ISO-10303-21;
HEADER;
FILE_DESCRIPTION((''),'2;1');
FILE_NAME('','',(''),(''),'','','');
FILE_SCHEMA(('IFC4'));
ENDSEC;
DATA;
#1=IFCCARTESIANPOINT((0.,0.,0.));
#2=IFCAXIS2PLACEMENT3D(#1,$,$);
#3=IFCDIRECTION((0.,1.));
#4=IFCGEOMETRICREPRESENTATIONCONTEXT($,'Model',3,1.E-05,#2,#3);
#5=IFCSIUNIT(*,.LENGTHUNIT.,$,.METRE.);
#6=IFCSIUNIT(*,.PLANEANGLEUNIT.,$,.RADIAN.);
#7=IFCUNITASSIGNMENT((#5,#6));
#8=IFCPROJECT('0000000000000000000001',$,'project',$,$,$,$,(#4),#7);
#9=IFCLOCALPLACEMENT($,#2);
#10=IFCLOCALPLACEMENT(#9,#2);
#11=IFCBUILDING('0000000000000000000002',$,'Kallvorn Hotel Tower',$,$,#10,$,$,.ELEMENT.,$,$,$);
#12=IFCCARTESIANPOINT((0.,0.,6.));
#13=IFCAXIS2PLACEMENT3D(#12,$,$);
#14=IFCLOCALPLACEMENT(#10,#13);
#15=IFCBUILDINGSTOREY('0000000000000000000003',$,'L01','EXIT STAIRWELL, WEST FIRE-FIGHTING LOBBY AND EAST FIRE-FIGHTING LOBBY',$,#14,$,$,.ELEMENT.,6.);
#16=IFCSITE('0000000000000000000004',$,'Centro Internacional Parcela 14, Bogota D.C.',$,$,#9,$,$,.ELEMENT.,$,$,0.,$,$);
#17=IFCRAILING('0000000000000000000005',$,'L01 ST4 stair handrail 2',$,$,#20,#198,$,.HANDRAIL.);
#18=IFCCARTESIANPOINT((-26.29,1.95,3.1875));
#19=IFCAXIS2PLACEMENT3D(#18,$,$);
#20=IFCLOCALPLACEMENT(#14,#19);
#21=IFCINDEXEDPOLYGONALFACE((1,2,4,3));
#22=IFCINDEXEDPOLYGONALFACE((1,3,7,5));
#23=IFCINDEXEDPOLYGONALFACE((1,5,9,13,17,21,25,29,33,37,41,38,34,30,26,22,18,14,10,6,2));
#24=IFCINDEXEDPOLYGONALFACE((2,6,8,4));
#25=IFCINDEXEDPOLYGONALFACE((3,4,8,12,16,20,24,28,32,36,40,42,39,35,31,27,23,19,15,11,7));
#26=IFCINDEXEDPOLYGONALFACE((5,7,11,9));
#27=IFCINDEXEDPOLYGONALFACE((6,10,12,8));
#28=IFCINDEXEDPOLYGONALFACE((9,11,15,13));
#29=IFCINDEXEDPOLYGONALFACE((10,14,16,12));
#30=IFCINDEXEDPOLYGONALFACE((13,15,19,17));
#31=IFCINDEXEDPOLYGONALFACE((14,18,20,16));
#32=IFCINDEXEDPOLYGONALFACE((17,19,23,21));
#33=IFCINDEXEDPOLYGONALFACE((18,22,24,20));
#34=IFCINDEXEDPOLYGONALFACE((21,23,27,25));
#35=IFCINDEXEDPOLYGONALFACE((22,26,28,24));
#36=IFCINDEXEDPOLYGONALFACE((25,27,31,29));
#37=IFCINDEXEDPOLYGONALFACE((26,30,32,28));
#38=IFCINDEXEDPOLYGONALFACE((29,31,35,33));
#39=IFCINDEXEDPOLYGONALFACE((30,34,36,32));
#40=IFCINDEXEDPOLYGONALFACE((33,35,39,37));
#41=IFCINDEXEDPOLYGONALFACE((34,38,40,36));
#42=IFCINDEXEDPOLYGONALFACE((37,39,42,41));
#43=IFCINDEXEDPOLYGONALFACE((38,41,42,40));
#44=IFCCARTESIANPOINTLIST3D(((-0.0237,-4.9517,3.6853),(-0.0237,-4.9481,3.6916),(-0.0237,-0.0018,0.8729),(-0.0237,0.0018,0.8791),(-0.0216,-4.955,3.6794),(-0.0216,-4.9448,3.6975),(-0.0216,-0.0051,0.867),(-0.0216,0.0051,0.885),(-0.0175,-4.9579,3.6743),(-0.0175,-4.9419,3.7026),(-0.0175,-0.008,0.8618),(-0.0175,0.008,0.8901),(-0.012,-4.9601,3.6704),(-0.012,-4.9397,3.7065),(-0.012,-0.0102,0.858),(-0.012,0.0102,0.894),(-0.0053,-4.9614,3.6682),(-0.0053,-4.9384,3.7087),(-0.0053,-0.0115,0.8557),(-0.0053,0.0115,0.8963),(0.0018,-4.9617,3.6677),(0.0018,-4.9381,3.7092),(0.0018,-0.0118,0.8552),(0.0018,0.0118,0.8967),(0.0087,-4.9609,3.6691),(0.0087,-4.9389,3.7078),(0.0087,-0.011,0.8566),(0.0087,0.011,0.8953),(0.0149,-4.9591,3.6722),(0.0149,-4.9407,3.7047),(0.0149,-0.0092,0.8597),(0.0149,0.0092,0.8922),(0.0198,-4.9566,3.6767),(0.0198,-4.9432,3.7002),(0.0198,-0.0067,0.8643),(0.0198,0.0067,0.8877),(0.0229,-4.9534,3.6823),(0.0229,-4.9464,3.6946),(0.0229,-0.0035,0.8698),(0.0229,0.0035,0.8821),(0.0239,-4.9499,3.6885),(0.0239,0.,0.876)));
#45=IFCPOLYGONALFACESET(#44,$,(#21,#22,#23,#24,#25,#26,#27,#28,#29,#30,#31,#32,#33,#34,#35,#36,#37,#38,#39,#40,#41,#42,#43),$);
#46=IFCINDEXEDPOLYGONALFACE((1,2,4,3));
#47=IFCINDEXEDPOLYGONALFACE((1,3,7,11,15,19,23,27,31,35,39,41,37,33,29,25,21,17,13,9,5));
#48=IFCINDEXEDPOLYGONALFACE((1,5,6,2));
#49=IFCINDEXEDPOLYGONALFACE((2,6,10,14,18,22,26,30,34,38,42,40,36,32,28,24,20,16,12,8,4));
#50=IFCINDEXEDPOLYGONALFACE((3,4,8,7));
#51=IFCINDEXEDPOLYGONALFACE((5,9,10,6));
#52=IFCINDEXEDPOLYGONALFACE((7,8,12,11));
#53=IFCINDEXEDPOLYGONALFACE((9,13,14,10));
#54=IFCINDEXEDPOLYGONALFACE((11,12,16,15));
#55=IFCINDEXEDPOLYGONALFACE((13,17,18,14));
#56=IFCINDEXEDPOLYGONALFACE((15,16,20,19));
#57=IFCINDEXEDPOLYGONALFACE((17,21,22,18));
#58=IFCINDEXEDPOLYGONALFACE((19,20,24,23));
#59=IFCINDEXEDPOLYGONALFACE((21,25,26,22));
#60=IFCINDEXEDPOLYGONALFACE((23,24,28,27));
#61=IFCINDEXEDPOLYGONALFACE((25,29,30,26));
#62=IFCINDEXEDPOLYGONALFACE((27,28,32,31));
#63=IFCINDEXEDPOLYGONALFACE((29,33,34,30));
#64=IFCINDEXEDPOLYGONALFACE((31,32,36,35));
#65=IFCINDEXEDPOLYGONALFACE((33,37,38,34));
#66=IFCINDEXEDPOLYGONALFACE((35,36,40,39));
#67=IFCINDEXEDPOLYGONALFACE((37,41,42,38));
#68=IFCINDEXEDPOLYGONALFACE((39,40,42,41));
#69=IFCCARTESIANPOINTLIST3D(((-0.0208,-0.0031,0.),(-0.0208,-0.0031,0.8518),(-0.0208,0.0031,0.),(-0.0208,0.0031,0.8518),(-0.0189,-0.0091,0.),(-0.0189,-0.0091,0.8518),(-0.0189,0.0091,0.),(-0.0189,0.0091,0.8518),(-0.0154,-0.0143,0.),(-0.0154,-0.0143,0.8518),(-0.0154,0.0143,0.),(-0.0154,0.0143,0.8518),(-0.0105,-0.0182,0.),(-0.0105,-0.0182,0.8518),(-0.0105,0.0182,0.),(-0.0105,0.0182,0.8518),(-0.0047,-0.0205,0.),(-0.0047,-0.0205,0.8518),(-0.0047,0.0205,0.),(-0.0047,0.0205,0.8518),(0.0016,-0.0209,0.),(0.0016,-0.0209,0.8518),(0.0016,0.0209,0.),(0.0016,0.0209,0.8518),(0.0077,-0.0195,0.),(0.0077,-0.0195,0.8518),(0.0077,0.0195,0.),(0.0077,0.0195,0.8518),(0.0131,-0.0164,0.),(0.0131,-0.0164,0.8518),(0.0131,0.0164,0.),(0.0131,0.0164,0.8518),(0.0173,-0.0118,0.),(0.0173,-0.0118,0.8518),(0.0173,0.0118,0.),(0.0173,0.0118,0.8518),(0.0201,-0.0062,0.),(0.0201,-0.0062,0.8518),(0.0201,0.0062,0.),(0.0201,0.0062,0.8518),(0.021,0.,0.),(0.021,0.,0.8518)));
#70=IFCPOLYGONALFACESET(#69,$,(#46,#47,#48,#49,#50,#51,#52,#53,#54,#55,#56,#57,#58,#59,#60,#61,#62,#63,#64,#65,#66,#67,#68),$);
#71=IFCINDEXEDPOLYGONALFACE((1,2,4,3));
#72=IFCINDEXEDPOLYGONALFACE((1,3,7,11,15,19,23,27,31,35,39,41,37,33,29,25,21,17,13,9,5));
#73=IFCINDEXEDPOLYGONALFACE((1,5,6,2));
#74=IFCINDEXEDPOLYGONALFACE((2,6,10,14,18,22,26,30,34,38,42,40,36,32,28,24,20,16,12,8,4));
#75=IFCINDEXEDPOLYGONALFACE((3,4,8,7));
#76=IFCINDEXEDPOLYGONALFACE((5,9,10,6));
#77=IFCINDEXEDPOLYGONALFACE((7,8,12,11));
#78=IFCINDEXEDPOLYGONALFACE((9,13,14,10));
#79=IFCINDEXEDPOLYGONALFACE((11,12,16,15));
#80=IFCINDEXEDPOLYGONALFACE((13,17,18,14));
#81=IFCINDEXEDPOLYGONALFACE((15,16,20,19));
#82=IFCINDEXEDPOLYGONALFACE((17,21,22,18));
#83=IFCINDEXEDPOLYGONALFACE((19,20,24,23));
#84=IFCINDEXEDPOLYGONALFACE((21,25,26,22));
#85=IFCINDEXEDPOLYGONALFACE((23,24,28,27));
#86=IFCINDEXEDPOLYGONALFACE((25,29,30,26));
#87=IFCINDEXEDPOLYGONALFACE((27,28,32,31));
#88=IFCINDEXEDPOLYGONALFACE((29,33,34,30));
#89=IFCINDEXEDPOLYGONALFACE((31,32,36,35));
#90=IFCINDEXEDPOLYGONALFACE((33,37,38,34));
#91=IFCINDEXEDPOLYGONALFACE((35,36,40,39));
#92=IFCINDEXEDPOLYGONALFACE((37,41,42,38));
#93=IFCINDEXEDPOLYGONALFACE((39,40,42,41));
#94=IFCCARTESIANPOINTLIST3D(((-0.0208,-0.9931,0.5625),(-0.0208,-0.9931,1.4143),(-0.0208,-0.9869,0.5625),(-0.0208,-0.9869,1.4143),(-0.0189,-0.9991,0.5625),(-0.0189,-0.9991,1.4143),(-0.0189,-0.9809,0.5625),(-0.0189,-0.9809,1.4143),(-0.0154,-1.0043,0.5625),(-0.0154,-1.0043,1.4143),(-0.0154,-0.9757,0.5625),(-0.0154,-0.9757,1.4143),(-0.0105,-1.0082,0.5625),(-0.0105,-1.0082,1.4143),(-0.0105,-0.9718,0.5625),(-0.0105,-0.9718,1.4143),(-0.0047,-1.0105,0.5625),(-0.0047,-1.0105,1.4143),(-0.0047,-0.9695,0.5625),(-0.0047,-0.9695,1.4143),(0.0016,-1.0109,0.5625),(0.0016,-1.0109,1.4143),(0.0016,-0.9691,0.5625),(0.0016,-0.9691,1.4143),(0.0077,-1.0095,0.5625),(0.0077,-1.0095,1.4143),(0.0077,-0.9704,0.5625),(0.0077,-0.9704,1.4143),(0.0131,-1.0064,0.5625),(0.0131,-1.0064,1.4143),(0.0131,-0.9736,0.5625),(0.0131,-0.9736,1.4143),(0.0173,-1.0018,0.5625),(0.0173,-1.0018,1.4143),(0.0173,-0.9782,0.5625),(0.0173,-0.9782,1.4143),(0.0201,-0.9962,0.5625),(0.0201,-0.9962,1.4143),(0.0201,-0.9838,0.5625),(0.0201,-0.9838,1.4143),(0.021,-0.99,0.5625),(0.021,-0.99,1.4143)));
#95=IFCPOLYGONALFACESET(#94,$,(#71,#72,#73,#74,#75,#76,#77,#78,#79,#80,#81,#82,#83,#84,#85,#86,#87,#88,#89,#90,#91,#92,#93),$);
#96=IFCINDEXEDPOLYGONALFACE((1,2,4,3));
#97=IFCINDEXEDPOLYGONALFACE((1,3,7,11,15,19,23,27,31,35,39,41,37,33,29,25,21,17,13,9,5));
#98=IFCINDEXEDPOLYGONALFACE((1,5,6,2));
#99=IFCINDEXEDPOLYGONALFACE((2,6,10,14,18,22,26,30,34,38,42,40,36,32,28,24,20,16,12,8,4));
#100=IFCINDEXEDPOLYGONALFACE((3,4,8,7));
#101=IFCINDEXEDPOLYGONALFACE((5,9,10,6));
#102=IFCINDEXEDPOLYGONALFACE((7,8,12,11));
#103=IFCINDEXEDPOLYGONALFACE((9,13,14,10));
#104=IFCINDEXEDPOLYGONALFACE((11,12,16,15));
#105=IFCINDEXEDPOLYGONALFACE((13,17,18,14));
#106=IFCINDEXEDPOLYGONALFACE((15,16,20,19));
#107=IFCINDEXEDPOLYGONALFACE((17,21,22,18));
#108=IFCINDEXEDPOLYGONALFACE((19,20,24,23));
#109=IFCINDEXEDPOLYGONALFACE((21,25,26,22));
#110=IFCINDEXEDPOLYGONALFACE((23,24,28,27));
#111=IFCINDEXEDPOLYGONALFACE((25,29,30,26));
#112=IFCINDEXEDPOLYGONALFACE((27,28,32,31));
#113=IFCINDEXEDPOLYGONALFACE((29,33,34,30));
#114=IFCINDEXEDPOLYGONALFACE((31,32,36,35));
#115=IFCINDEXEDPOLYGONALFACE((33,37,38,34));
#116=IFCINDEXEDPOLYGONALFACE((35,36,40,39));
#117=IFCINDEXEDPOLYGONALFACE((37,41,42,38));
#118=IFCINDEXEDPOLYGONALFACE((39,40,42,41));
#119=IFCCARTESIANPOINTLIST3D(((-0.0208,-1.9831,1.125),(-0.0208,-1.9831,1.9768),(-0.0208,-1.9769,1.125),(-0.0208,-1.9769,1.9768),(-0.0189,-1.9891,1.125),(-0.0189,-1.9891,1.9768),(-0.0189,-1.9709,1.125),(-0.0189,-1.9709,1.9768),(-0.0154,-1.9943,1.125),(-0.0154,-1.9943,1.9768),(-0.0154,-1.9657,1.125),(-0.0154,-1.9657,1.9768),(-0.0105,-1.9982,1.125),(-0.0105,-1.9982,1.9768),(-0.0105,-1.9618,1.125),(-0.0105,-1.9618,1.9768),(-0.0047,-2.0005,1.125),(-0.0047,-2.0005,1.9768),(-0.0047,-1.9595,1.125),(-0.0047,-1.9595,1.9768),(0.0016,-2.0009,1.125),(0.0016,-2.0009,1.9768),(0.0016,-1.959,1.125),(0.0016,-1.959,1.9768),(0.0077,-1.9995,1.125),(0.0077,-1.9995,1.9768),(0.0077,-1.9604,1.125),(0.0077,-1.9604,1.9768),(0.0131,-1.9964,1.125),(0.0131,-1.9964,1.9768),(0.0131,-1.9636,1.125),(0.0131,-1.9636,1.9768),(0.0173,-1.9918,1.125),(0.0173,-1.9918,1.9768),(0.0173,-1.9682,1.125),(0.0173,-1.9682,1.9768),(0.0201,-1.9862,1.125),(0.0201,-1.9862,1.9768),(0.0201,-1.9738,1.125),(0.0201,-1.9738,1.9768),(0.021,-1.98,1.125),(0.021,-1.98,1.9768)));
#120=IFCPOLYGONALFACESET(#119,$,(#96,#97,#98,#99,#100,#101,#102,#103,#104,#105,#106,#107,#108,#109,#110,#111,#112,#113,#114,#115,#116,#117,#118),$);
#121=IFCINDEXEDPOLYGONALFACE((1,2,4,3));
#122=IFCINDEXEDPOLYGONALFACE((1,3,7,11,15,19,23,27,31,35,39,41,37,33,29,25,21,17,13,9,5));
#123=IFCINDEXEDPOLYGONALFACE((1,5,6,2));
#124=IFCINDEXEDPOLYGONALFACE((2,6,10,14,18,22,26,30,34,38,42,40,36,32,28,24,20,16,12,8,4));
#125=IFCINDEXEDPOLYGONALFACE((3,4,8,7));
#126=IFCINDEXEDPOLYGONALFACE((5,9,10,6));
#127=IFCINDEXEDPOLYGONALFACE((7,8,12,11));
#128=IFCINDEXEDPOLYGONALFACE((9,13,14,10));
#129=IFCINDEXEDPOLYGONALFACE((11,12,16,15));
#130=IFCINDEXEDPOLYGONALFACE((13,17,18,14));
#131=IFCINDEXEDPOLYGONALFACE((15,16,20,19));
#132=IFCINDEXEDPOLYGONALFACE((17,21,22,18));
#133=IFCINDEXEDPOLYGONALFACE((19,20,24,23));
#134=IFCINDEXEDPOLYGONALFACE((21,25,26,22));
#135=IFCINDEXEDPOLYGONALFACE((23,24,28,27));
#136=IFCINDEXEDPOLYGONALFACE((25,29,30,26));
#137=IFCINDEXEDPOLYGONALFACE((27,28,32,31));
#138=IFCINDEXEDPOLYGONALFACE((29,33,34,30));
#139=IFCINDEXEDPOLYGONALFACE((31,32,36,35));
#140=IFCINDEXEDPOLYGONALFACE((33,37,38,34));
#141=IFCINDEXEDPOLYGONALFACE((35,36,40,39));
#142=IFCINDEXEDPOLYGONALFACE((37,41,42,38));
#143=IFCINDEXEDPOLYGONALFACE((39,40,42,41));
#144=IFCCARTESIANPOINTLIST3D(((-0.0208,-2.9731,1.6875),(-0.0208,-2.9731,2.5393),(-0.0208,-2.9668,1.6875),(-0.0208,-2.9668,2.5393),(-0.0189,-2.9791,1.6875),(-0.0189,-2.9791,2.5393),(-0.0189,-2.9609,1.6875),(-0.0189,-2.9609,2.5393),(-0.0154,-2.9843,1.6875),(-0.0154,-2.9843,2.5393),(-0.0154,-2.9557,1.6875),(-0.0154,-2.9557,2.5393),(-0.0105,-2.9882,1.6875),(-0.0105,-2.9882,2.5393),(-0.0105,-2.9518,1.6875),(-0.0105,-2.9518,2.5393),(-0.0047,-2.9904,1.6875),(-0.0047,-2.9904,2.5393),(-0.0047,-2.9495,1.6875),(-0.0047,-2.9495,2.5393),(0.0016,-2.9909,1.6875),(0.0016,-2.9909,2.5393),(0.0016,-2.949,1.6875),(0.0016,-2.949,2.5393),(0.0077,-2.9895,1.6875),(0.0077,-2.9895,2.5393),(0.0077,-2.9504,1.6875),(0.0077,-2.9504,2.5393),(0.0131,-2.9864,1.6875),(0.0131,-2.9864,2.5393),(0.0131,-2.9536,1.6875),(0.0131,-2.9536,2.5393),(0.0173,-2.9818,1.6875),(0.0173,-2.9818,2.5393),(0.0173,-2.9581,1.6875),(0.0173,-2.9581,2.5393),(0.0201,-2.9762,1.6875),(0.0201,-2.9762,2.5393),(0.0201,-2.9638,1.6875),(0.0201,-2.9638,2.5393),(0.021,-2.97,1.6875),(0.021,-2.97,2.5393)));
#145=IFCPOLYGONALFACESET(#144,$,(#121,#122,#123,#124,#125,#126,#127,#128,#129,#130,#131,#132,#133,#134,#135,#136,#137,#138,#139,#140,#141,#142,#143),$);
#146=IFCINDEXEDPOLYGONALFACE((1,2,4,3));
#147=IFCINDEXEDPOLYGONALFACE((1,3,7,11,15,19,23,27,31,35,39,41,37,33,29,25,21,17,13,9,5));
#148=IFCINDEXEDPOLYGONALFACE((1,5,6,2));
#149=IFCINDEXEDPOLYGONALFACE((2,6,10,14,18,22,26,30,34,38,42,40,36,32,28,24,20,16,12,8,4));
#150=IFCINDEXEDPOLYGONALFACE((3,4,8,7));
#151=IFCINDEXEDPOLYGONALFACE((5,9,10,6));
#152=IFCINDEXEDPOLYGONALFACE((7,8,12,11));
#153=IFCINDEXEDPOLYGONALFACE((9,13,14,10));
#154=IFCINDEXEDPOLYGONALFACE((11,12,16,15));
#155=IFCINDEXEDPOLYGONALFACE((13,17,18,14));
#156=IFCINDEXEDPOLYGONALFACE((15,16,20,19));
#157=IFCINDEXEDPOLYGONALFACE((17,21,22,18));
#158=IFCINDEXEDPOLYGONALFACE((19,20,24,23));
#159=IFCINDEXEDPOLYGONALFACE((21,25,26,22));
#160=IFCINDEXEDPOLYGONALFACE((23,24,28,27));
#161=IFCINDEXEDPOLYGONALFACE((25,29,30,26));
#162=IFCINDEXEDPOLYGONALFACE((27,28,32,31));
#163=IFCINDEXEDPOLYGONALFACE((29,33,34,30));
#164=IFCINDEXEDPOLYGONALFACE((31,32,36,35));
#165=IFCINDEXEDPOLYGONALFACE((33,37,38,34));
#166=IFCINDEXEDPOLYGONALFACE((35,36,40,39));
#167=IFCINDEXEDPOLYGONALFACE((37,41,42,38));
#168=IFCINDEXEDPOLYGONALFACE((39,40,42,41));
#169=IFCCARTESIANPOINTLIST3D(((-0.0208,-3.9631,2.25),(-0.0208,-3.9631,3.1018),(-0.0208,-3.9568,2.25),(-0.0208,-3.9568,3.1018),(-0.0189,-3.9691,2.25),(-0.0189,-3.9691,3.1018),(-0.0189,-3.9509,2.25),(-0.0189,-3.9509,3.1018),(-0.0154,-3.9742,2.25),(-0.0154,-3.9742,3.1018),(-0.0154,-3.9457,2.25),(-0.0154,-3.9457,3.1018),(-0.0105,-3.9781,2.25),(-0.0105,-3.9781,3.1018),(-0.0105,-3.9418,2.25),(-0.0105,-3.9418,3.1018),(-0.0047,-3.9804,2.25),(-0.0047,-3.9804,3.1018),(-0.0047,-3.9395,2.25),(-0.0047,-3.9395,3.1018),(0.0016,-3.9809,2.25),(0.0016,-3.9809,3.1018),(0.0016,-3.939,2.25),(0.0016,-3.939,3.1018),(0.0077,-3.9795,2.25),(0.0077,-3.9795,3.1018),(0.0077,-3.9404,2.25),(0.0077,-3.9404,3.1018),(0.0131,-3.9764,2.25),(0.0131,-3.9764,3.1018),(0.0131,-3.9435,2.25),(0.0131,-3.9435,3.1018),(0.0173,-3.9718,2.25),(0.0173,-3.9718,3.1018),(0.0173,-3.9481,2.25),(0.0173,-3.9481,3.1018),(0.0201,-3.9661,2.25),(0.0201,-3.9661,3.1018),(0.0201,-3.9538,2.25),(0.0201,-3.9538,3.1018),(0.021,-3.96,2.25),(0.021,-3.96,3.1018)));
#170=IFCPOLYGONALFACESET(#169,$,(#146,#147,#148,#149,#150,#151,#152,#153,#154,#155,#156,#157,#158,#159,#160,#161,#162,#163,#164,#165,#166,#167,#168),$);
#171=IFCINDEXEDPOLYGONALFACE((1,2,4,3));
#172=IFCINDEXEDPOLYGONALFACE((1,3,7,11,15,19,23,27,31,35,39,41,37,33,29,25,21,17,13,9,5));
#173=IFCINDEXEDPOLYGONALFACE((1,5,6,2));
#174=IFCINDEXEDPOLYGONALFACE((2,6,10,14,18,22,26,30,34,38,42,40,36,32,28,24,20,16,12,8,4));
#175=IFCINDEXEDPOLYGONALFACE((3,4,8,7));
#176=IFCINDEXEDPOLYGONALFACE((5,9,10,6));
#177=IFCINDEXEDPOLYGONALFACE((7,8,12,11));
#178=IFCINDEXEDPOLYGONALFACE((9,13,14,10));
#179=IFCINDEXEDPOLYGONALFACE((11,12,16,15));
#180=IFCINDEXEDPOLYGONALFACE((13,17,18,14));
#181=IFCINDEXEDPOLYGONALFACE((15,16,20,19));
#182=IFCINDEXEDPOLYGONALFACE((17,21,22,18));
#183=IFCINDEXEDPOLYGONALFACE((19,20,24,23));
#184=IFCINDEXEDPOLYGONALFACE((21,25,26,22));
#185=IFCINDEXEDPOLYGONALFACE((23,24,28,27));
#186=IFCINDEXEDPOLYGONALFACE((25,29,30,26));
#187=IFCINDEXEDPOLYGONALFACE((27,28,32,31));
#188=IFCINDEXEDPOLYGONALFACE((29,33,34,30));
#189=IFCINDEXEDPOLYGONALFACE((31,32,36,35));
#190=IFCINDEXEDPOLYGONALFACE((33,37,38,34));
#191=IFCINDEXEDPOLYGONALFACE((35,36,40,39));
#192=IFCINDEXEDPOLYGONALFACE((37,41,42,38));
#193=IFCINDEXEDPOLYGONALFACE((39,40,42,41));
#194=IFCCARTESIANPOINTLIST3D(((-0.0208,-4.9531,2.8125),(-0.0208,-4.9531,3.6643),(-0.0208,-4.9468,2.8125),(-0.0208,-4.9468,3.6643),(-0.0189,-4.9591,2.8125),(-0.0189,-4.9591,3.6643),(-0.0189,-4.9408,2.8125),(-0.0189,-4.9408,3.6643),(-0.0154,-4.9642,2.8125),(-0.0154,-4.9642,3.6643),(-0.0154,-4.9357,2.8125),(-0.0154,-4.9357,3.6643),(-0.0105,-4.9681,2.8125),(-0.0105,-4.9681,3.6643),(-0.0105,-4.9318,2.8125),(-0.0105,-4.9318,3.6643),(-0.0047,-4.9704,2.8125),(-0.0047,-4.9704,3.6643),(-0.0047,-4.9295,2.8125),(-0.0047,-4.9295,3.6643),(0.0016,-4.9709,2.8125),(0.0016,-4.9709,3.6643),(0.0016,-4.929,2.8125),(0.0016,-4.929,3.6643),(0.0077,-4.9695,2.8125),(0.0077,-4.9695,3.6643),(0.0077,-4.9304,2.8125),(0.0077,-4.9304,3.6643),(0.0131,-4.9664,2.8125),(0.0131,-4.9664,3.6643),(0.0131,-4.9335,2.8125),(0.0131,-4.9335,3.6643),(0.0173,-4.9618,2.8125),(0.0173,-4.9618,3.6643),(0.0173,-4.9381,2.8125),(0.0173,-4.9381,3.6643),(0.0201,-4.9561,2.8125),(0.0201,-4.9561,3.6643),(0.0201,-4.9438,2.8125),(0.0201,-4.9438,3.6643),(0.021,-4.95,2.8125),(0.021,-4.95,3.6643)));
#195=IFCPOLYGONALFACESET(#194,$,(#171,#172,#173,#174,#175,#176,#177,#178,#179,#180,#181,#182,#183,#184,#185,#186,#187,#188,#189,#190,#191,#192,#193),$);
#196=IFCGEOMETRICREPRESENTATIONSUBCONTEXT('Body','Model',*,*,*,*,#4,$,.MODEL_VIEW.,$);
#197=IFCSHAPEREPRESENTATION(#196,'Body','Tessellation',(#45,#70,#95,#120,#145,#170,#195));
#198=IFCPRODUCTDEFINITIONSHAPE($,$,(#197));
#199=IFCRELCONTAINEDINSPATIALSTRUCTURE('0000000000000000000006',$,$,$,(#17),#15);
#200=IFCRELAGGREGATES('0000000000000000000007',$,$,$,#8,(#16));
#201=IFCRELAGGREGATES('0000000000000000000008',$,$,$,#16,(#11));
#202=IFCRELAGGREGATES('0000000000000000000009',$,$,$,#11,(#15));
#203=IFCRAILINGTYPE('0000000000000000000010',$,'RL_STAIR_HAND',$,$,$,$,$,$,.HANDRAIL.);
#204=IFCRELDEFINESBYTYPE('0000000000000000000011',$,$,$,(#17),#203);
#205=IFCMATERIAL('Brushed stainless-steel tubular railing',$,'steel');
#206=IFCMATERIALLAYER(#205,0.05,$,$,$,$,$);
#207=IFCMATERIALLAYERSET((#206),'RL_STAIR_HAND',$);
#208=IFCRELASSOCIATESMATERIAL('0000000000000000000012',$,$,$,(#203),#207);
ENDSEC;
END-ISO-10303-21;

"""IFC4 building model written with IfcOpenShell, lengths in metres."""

from ifc_helpers import new_model, si_unit, direction, frame, origin, origin_2d, place, context, subcontext, project, spatial, circle, extrude, material, layer, layer_set, type_object, element, save


model = new_model("IFC4")

# Units and contexts
model_context = context("Model", 3, precision=1e-05, world=origin(), true_north=direction((0.0, 1.0)))
body_context = subcontext(model_context, "Body", "Model", "MODEL_VIEW")
ifc_project = project(units=[si_unit("LENGTHUNIT", "METRE"), si_unit("PLANEANGLEUNIT", "RADIAN")], contexts=[model_context])

# Site, building, storey
site_placement = place(None, origin())
site = spatial("IfcSite", under=ifc_project, at=site_placement, Name="Centro Internacional Parcela 14, Bogota D.C.", CompositionType="ELEMENT", RefElevation=0.0)
building_placement = place(site_placement, origin())
building = spatial("IfcBuilding", under=site, at=building_placement, Name="Kallvorn Hotel Tower", CompositionType="ELEMENT")
storey_placement = place(building_placement, frame((0.0, 0.0, 6.0)))
storey = spatial("IfcBuildingStorey", under=building, at=storey_placement, Name="L01", Description="EXIT STAIRWELL, WEST FIRE-FIGHTING LOBBY AND EAST FIRE-FIGHTING LOBBY", CompositionType="ELEMENT", Elevation=6.0)

# Railing
ifc_material_1 = material(Name="Brushed stainless-steel tubular railing", Category="steel")
ifc_layer_1 = layer(ifc_material_1, 0.05)
ifc_layer_set_1 = layer_set([ifc_layer_1], Name="RL_STAIR_HAND")
railing_type_1 = type_object("IfcRailingType", Name="RL_STAIR_HAND", PredefinedType="HANDRAIL", material=ifc_layer_set_1)
railing_1_placement = place(storey_placement, frame((-26.29, 1.95, 3.1875)))
element("IfcRailing", 1, at=railing_1_placement, inside=storey, type_object=railing_type_1, Name="L01 ST4 stair handrail 2", PredefinedType="HANDRAIL", context=body_context, shape_type="SweptSolid", body=[
    extrude(circle(Radius=0.0239, at=origin_2d()), frame((0.0, 0.0, 0.876), z_axis=(0.0, -0.869454, 0.494013), x_axis=(1.0, 0.0, 0.0)), (0.0, 0.0, 1.0), 5.6931),
    extrude(circle(Radius=0.021, at=origin_2d()), origin(), (0.0, 0.0, 1.0), 0.8518),
    extrude(circle(Radius=0.021, at=origin_2d()), frame((0.0, -0.99, 0.5625)), (0.0, 0.0, 1.0), 0.8518),
    extrude(circle(Radius=0.021, at=origin_2d()), frame((0.0, -1.98, 1.125)), (0.0, 0.0, 1.0), 0.8518),
    extrude(circle(Radius=0.021, at=origin_2d()), frame((0.0, -2.97, 1.6875)), (0.0, 0.0, 1.0), 0.8518),
    extrude(circle(Radius=0.021, at=origin_2d()), frame((0.0, -3.96, 2.25)), (0.0, 0.0, 1.0), 0.8518),
    extrude(circle(Radius=0.021, at=origin_2d()), frame((0.0, -4.95, 2.8125)), (0.0, 0.0, 1.0), 0.8518),
])

save(model, "model.ifc")
